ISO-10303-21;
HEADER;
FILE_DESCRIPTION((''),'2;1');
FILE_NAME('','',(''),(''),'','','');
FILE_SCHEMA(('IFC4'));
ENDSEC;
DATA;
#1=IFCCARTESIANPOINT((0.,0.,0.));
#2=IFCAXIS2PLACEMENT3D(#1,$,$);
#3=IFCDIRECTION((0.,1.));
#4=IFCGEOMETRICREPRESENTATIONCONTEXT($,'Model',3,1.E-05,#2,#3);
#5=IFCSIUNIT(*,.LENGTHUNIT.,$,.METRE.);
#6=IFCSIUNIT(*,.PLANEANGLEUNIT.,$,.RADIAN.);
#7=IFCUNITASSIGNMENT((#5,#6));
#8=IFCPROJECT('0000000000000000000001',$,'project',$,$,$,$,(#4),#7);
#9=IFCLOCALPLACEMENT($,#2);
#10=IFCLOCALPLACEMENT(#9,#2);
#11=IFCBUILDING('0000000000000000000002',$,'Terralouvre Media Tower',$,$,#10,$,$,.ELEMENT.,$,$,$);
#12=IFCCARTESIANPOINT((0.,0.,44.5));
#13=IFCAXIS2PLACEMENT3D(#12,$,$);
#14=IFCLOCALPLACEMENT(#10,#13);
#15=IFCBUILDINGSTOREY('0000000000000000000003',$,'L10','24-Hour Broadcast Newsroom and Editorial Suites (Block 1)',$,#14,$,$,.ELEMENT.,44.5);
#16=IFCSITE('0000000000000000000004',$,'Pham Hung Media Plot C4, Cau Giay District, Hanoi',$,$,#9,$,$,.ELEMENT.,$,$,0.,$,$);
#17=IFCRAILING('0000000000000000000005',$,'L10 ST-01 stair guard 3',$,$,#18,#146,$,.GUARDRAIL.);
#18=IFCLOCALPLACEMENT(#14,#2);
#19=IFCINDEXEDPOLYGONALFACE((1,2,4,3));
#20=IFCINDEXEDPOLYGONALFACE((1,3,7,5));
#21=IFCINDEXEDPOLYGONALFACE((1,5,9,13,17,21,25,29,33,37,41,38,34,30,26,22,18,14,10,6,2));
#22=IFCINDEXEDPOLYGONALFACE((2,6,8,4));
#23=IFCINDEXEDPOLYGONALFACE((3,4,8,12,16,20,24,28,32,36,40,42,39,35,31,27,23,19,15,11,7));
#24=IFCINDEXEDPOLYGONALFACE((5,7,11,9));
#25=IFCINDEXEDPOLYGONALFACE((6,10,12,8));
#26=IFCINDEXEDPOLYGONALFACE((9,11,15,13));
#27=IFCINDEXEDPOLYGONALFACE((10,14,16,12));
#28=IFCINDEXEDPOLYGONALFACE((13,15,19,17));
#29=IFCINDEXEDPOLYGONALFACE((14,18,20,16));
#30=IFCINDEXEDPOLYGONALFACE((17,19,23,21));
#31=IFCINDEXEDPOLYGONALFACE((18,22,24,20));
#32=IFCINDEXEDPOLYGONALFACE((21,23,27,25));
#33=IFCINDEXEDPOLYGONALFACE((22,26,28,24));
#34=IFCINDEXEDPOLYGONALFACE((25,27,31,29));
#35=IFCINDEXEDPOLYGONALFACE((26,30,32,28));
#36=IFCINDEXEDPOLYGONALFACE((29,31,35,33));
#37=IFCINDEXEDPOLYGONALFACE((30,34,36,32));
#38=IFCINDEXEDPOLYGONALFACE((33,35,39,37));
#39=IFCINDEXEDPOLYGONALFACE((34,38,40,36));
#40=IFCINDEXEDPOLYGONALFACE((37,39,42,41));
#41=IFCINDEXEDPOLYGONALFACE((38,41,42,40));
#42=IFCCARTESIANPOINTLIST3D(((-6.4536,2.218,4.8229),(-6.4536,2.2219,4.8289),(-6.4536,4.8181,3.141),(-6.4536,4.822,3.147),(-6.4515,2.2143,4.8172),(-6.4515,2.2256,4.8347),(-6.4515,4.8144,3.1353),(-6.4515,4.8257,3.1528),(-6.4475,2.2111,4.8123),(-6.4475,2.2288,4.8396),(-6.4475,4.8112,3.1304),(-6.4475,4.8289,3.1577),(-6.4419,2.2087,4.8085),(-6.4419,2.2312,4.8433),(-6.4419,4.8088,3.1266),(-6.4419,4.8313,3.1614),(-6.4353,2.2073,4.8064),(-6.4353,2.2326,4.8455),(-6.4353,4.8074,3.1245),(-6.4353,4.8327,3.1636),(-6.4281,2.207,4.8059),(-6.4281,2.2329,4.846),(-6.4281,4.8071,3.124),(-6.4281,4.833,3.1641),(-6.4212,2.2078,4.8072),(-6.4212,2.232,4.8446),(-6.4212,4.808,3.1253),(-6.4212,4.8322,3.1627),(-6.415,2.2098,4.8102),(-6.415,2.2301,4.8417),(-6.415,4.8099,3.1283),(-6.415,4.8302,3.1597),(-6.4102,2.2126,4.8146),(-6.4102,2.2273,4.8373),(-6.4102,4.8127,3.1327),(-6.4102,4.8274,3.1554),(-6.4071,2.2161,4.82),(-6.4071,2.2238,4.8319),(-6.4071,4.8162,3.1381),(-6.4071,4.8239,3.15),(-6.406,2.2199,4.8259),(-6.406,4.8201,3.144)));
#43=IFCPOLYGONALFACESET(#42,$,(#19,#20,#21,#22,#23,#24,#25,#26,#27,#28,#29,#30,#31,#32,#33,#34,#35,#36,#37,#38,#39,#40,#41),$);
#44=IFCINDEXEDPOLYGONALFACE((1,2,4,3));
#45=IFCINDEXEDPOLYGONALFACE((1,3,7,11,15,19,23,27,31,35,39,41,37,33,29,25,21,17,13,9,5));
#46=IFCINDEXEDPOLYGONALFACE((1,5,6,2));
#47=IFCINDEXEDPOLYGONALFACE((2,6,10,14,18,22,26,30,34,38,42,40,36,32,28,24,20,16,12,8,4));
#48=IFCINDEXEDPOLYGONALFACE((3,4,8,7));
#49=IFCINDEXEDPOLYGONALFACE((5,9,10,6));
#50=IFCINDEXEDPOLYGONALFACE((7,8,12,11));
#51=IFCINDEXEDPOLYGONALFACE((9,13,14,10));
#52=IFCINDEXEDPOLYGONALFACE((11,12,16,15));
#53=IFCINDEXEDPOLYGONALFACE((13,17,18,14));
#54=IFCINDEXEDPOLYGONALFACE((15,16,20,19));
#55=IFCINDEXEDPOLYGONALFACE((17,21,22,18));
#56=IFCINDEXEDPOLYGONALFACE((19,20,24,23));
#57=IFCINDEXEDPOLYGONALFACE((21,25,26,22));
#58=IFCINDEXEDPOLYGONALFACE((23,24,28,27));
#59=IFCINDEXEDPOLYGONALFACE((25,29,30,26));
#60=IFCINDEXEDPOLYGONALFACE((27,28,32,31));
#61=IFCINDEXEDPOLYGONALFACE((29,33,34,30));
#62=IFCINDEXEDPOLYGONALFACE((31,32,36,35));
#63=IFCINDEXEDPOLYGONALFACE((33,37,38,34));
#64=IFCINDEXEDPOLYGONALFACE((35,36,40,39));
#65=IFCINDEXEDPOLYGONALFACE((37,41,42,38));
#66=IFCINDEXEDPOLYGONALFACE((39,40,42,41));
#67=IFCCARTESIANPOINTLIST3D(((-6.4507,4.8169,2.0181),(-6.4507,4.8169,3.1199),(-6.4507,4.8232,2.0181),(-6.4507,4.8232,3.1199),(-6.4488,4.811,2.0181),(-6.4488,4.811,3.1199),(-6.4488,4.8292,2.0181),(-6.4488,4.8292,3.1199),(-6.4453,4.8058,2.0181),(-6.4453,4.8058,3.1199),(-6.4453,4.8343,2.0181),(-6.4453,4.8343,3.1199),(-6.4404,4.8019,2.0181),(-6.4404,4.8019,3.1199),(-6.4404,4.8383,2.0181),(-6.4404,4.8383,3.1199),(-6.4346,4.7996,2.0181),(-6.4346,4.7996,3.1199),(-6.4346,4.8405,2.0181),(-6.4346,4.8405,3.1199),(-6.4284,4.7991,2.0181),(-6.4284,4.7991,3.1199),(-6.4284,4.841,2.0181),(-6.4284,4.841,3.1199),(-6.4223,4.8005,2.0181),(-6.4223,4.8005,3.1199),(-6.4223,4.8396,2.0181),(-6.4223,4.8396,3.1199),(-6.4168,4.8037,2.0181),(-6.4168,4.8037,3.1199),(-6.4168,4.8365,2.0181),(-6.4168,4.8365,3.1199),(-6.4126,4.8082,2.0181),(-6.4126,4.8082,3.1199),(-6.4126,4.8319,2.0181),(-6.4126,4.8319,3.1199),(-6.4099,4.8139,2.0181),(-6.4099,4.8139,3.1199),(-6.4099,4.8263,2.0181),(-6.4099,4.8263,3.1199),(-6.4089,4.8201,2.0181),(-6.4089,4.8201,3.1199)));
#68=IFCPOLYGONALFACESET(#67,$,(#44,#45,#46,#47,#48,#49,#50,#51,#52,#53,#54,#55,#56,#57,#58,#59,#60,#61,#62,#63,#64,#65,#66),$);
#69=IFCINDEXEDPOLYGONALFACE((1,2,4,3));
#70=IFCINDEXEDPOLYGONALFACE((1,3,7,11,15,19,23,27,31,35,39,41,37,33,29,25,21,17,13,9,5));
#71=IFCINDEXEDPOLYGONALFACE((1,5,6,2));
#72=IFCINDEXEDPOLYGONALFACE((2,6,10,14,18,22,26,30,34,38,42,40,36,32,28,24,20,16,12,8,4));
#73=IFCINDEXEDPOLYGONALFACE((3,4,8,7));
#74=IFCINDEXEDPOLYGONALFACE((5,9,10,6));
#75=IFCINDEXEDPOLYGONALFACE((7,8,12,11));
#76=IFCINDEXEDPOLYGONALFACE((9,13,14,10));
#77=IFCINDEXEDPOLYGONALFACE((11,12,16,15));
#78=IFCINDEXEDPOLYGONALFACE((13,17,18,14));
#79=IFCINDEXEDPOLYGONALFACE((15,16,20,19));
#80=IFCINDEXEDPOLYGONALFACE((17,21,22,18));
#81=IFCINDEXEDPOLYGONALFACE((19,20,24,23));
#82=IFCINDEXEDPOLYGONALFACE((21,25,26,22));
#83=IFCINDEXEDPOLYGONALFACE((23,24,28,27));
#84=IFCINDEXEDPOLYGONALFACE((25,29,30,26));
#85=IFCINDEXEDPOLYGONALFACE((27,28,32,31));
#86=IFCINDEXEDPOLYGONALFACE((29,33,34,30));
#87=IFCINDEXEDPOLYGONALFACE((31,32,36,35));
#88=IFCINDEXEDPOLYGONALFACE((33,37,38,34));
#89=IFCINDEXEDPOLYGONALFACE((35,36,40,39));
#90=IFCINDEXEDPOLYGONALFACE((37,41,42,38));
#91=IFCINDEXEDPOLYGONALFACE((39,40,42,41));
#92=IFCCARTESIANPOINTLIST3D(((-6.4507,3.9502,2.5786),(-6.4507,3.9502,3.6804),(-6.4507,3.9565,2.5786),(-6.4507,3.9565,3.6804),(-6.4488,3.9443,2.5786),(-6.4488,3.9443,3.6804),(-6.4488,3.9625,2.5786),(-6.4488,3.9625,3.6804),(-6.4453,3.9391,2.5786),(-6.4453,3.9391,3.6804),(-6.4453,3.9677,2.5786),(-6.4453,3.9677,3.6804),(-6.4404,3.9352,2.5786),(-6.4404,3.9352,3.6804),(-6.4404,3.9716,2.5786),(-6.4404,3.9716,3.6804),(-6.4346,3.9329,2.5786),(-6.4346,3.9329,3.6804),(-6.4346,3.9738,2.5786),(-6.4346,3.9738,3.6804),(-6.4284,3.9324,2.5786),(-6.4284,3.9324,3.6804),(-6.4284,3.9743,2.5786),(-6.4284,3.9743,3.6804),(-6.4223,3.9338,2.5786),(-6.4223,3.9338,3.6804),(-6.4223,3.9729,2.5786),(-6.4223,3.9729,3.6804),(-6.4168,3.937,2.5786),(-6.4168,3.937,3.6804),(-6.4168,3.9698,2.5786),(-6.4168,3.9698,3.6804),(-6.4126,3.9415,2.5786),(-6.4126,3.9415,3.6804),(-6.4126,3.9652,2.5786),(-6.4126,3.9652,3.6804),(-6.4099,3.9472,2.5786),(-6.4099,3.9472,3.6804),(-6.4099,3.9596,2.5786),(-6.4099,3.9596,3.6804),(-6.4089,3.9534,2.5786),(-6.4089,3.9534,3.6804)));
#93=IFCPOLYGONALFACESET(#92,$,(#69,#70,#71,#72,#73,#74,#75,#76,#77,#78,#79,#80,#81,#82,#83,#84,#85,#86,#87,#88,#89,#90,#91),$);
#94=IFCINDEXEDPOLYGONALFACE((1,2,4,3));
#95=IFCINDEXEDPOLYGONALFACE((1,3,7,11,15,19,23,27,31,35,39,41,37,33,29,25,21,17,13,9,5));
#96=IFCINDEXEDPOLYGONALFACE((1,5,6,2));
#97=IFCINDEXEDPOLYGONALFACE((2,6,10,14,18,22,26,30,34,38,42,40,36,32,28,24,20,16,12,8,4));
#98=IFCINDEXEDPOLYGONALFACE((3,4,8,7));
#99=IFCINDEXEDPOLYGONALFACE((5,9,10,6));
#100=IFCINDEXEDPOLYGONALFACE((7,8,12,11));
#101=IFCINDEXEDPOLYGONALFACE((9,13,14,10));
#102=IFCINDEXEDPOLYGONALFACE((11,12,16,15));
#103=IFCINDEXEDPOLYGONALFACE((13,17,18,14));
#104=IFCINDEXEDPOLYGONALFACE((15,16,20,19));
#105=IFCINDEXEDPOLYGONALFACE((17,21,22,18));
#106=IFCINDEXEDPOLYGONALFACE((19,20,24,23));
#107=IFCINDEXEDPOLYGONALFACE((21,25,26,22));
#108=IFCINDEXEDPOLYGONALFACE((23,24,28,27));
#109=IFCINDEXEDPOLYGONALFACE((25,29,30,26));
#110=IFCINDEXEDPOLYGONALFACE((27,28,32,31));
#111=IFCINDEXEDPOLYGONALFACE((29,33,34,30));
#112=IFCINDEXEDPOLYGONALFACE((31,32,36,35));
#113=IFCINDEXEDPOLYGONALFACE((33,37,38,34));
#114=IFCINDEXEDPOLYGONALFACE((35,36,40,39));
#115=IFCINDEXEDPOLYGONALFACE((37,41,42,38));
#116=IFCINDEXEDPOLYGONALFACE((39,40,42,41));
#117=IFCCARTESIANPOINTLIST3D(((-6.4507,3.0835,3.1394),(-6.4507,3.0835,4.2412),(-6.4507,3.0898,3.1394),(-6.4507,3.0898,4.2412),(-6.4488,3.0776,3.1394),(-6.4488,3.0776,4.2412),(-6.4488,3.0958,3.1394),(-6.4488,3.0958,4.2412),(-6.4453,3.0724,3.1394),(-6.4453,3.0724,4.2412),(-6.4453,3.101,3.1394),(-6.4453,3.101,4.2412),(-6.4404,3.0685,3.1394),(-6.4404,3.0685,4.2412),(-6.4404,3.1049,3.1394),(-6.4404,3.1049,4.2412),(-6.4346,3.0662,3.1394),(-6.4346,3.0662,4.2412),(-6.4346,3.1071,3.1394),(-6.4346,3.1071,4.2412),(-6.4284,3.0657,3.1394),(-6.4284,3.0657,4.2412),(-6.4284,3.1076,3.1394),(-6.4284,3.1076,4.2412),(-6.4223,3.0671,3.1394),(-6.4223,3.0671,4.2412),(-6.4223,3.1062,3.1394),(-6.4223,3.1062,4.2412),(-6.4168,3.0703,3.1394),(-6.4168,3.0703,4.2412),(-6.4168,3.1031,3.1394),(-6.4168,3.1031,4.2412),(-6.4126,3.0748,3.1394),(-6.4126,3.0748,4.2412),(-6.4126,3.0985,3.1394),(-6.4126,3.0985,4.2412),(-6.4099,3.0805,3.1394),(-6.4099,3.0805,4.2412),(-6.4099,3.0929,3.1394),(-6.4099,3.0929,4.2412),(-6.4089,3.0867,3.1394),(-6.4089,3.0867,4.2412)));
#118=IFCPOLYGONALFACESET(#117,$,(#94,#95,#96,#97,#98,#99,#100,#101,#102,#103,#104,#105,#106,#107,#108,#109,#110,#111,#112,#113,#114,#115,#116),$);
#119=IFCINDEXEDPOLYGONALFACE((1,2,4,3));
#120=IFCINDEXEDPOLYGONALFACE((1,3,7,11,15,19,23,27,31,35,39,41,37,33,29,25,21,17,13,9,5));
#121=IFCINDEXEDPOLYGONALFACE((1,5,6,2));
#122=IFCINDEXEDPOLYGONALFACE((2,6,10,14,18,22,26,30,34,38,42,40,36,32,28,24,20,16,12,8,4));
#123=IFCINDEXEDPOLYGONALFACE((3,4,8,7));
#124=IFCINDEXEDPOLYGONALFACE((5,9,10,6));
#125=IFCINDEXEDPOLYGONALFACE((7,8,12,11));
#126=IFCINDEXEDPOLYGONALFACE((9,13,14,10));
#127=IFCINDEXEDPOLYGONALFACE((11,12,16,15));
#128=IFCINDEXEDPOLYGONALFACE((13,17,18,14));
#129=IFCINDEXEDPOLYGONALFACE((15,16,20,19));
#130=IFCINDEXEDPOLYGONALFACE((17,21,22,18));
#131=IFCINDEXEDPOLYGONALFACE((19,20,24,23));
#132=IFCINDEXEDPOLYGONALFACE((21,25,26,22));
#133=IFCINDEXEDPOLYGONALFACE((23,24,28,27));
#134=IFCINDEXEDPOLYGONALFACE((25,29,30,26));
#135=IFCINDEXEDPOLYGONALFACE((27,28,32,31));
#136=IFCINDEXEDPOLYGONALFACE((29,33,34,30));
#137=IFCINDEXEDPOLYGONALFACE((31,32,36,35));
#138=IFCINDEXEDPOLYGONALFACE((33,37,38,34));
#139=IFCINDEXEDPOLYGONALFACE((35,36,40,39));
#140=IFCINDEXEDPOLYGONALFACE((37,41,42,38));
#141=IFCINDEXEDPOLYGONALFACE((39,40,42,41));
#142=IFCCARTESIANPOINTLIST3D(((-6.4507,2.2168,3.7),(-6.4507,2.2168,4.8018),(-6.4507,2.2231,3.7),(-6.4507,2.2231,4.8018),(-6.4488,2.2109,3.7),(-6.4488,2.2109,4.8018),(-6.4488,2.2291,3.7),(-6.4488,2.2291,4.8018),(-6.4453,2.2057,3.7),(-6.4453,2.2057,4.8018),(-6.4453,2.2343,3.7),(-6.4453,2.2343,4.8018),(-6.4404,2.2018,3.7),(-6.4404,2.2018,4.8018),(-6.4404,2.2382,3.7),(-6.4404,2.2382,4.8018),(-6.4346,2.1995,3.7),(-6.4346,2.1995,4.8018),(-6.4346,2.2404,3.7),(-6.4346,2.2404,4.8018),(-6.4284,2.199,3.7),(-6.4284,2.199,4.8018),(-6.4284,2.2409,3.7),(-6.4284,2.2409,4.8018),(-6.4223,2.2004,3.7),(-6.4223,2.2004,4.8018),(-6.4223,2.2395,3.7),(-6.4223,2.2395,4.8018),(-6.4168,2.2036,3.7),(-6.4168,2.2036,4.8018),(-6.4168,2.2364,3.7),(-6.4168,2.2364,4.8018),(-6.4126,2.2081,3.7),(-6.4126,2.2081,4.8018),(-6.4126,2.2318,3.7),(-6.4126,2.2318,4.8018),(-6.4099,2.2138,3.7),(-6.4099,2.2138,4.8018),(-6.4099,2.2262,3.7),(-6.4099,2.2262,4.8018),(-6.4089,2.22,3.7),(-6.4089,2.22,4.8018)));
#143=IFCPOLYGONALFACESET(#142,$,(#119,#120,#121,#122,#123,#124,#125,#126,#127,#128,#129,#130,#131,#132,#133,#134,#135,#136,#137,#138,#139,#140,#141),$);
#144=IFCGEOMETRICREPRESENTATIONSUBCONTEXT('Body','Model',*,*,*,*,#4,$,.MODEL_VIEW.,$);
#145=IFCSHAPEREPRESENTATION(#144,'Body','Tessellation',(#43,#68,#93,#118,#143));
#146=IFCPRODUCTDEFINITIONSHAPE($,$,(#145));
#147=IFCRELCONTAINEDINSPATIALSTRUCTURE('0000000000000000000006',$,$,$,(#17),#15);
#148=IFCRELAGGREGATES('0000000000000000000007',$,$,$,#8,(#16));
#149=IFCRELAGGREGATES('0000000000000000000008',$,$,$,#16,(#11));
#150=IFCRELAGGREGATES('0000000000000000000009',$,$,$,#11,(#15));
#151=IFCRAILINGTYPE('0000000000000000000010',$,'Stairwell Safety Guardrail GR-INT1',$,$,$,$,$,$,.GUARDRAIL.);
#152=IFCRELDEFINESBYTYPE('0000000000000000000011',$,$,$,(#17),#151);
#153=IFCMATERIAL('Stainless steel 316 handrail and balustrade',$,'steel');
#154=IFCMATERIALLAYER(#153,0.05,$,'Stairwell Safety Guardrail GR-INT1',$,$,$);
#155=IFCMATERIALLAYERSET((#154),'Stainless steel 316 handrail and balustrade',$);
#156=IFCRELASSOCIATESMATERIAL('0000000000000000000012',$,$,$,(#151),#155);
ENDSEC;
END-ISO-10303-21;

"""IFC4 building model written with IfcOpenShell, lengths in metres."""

from ifc_helpers import new_model, si_unit, direction, frame, origin, origin_2d, place, context, subcontext, project, spatial, circle, extrude, material, layer, layer_set, type_object, element, save


model = new_model("IFC4")

# Units and contexts
model_context = context("Model", 3, precision=1e-05, world=origin(), true_north=direction((0.0, 1.0)))
body_context = subcontext(model_context, "Body", "Model", "MODEL_VIEW")
ifc_project = project(units=[si_unit("LENGTHUNIT", "METRE"), si_unit("PLANEANGLEUNIT", "RADIAN")], contexts=[model_context])

# Site, building, storey
site_placement = place(None, origin())
site = spatial("IfcSite", under=ifc_project, at=site_placement, Name="Pham Hung Media Plot C4, Cau Giay District, Hanoi", CompositionType="ELEMENT", RefElevation=0.0)
building_placement = place(site_placement, origin())
building = spatial("IfcBuilding", under=site, at=building_placement, Name="Terralouvre Media Tower", CompositionType="ELEMENT")
storey_placement = place(building_placement, frame((0.0, 0.0, 44.5)))
storey = spatial("IfcBuildingStorey", under=building, at=storey_placement, Name="L10", Description="24-Hour Broadcast Newsroom and Editorial Suites (Block 1)", CompositionType="ELEMENT", Elevation=44.5)

# Railing
ifc_material_1 = material(Name="Stainless steel 316 handrail and balustrade", Category="steel")
ifc_layer_1 = layer(ifc_material_1, 0.05, Name="Stairwell Safety Guardrail GR-INT1")
ifc_layer_set_1 = layer_set([ifc_layer_1], Name="Stainless steel 316 handrail and balustrade")
railing_type_1 = type_object("IfcRailingType", Name="Stairwell Safety Guardrail GR-INT1", PredefinedType="GUARDRAIL", material=ifc_layer_set_1)
railing_1_placement = place(storey_placement, frame((-6.4299, 4.8201, 2.0181)))
element("IfcRailing", 1, at=railing_1_placement, inside=storey, type_object=railing_type_1, Name="L10 ST-01 stair guard 3", PredefinedType="GUARDRAIL", context=body_context, shape_type="SweptSolid", body=[
    extrude(circle(Radius=0.0239, at=origin_2d()), frame((0.0, 0.0, 1.126), z_axis=(0.0, -0.839648, 0.54313), x_axis=(1.0, 0.0, 0.0)), (0.0, 0.0, 1.0), 3.0967),
    extrude(circle(Radius=0.021, at=origin_2d()), origin(), (0.0, 0.0, 1.0), 1.1018),
    extrude(circle(Radius=0.021, at=origin_2d()), frame((0.0, -0.8667, 0.5605)), (0.0, 0.0, 1.0), 1.1018),
    extrude(circle(Radius=0.021, at=origin_2d()), frame((0.0, -1.7334, 1.1213)), (0.0, 0.0, 1.0), 1.1018),
    extrude(circle(Radius=0.021, at=origin_2d()), frame((0.0, -2.6001, 1.6819)), (0.0, 0.0, 1.0), 1.1018),
])

save(model, "model.ifc")
